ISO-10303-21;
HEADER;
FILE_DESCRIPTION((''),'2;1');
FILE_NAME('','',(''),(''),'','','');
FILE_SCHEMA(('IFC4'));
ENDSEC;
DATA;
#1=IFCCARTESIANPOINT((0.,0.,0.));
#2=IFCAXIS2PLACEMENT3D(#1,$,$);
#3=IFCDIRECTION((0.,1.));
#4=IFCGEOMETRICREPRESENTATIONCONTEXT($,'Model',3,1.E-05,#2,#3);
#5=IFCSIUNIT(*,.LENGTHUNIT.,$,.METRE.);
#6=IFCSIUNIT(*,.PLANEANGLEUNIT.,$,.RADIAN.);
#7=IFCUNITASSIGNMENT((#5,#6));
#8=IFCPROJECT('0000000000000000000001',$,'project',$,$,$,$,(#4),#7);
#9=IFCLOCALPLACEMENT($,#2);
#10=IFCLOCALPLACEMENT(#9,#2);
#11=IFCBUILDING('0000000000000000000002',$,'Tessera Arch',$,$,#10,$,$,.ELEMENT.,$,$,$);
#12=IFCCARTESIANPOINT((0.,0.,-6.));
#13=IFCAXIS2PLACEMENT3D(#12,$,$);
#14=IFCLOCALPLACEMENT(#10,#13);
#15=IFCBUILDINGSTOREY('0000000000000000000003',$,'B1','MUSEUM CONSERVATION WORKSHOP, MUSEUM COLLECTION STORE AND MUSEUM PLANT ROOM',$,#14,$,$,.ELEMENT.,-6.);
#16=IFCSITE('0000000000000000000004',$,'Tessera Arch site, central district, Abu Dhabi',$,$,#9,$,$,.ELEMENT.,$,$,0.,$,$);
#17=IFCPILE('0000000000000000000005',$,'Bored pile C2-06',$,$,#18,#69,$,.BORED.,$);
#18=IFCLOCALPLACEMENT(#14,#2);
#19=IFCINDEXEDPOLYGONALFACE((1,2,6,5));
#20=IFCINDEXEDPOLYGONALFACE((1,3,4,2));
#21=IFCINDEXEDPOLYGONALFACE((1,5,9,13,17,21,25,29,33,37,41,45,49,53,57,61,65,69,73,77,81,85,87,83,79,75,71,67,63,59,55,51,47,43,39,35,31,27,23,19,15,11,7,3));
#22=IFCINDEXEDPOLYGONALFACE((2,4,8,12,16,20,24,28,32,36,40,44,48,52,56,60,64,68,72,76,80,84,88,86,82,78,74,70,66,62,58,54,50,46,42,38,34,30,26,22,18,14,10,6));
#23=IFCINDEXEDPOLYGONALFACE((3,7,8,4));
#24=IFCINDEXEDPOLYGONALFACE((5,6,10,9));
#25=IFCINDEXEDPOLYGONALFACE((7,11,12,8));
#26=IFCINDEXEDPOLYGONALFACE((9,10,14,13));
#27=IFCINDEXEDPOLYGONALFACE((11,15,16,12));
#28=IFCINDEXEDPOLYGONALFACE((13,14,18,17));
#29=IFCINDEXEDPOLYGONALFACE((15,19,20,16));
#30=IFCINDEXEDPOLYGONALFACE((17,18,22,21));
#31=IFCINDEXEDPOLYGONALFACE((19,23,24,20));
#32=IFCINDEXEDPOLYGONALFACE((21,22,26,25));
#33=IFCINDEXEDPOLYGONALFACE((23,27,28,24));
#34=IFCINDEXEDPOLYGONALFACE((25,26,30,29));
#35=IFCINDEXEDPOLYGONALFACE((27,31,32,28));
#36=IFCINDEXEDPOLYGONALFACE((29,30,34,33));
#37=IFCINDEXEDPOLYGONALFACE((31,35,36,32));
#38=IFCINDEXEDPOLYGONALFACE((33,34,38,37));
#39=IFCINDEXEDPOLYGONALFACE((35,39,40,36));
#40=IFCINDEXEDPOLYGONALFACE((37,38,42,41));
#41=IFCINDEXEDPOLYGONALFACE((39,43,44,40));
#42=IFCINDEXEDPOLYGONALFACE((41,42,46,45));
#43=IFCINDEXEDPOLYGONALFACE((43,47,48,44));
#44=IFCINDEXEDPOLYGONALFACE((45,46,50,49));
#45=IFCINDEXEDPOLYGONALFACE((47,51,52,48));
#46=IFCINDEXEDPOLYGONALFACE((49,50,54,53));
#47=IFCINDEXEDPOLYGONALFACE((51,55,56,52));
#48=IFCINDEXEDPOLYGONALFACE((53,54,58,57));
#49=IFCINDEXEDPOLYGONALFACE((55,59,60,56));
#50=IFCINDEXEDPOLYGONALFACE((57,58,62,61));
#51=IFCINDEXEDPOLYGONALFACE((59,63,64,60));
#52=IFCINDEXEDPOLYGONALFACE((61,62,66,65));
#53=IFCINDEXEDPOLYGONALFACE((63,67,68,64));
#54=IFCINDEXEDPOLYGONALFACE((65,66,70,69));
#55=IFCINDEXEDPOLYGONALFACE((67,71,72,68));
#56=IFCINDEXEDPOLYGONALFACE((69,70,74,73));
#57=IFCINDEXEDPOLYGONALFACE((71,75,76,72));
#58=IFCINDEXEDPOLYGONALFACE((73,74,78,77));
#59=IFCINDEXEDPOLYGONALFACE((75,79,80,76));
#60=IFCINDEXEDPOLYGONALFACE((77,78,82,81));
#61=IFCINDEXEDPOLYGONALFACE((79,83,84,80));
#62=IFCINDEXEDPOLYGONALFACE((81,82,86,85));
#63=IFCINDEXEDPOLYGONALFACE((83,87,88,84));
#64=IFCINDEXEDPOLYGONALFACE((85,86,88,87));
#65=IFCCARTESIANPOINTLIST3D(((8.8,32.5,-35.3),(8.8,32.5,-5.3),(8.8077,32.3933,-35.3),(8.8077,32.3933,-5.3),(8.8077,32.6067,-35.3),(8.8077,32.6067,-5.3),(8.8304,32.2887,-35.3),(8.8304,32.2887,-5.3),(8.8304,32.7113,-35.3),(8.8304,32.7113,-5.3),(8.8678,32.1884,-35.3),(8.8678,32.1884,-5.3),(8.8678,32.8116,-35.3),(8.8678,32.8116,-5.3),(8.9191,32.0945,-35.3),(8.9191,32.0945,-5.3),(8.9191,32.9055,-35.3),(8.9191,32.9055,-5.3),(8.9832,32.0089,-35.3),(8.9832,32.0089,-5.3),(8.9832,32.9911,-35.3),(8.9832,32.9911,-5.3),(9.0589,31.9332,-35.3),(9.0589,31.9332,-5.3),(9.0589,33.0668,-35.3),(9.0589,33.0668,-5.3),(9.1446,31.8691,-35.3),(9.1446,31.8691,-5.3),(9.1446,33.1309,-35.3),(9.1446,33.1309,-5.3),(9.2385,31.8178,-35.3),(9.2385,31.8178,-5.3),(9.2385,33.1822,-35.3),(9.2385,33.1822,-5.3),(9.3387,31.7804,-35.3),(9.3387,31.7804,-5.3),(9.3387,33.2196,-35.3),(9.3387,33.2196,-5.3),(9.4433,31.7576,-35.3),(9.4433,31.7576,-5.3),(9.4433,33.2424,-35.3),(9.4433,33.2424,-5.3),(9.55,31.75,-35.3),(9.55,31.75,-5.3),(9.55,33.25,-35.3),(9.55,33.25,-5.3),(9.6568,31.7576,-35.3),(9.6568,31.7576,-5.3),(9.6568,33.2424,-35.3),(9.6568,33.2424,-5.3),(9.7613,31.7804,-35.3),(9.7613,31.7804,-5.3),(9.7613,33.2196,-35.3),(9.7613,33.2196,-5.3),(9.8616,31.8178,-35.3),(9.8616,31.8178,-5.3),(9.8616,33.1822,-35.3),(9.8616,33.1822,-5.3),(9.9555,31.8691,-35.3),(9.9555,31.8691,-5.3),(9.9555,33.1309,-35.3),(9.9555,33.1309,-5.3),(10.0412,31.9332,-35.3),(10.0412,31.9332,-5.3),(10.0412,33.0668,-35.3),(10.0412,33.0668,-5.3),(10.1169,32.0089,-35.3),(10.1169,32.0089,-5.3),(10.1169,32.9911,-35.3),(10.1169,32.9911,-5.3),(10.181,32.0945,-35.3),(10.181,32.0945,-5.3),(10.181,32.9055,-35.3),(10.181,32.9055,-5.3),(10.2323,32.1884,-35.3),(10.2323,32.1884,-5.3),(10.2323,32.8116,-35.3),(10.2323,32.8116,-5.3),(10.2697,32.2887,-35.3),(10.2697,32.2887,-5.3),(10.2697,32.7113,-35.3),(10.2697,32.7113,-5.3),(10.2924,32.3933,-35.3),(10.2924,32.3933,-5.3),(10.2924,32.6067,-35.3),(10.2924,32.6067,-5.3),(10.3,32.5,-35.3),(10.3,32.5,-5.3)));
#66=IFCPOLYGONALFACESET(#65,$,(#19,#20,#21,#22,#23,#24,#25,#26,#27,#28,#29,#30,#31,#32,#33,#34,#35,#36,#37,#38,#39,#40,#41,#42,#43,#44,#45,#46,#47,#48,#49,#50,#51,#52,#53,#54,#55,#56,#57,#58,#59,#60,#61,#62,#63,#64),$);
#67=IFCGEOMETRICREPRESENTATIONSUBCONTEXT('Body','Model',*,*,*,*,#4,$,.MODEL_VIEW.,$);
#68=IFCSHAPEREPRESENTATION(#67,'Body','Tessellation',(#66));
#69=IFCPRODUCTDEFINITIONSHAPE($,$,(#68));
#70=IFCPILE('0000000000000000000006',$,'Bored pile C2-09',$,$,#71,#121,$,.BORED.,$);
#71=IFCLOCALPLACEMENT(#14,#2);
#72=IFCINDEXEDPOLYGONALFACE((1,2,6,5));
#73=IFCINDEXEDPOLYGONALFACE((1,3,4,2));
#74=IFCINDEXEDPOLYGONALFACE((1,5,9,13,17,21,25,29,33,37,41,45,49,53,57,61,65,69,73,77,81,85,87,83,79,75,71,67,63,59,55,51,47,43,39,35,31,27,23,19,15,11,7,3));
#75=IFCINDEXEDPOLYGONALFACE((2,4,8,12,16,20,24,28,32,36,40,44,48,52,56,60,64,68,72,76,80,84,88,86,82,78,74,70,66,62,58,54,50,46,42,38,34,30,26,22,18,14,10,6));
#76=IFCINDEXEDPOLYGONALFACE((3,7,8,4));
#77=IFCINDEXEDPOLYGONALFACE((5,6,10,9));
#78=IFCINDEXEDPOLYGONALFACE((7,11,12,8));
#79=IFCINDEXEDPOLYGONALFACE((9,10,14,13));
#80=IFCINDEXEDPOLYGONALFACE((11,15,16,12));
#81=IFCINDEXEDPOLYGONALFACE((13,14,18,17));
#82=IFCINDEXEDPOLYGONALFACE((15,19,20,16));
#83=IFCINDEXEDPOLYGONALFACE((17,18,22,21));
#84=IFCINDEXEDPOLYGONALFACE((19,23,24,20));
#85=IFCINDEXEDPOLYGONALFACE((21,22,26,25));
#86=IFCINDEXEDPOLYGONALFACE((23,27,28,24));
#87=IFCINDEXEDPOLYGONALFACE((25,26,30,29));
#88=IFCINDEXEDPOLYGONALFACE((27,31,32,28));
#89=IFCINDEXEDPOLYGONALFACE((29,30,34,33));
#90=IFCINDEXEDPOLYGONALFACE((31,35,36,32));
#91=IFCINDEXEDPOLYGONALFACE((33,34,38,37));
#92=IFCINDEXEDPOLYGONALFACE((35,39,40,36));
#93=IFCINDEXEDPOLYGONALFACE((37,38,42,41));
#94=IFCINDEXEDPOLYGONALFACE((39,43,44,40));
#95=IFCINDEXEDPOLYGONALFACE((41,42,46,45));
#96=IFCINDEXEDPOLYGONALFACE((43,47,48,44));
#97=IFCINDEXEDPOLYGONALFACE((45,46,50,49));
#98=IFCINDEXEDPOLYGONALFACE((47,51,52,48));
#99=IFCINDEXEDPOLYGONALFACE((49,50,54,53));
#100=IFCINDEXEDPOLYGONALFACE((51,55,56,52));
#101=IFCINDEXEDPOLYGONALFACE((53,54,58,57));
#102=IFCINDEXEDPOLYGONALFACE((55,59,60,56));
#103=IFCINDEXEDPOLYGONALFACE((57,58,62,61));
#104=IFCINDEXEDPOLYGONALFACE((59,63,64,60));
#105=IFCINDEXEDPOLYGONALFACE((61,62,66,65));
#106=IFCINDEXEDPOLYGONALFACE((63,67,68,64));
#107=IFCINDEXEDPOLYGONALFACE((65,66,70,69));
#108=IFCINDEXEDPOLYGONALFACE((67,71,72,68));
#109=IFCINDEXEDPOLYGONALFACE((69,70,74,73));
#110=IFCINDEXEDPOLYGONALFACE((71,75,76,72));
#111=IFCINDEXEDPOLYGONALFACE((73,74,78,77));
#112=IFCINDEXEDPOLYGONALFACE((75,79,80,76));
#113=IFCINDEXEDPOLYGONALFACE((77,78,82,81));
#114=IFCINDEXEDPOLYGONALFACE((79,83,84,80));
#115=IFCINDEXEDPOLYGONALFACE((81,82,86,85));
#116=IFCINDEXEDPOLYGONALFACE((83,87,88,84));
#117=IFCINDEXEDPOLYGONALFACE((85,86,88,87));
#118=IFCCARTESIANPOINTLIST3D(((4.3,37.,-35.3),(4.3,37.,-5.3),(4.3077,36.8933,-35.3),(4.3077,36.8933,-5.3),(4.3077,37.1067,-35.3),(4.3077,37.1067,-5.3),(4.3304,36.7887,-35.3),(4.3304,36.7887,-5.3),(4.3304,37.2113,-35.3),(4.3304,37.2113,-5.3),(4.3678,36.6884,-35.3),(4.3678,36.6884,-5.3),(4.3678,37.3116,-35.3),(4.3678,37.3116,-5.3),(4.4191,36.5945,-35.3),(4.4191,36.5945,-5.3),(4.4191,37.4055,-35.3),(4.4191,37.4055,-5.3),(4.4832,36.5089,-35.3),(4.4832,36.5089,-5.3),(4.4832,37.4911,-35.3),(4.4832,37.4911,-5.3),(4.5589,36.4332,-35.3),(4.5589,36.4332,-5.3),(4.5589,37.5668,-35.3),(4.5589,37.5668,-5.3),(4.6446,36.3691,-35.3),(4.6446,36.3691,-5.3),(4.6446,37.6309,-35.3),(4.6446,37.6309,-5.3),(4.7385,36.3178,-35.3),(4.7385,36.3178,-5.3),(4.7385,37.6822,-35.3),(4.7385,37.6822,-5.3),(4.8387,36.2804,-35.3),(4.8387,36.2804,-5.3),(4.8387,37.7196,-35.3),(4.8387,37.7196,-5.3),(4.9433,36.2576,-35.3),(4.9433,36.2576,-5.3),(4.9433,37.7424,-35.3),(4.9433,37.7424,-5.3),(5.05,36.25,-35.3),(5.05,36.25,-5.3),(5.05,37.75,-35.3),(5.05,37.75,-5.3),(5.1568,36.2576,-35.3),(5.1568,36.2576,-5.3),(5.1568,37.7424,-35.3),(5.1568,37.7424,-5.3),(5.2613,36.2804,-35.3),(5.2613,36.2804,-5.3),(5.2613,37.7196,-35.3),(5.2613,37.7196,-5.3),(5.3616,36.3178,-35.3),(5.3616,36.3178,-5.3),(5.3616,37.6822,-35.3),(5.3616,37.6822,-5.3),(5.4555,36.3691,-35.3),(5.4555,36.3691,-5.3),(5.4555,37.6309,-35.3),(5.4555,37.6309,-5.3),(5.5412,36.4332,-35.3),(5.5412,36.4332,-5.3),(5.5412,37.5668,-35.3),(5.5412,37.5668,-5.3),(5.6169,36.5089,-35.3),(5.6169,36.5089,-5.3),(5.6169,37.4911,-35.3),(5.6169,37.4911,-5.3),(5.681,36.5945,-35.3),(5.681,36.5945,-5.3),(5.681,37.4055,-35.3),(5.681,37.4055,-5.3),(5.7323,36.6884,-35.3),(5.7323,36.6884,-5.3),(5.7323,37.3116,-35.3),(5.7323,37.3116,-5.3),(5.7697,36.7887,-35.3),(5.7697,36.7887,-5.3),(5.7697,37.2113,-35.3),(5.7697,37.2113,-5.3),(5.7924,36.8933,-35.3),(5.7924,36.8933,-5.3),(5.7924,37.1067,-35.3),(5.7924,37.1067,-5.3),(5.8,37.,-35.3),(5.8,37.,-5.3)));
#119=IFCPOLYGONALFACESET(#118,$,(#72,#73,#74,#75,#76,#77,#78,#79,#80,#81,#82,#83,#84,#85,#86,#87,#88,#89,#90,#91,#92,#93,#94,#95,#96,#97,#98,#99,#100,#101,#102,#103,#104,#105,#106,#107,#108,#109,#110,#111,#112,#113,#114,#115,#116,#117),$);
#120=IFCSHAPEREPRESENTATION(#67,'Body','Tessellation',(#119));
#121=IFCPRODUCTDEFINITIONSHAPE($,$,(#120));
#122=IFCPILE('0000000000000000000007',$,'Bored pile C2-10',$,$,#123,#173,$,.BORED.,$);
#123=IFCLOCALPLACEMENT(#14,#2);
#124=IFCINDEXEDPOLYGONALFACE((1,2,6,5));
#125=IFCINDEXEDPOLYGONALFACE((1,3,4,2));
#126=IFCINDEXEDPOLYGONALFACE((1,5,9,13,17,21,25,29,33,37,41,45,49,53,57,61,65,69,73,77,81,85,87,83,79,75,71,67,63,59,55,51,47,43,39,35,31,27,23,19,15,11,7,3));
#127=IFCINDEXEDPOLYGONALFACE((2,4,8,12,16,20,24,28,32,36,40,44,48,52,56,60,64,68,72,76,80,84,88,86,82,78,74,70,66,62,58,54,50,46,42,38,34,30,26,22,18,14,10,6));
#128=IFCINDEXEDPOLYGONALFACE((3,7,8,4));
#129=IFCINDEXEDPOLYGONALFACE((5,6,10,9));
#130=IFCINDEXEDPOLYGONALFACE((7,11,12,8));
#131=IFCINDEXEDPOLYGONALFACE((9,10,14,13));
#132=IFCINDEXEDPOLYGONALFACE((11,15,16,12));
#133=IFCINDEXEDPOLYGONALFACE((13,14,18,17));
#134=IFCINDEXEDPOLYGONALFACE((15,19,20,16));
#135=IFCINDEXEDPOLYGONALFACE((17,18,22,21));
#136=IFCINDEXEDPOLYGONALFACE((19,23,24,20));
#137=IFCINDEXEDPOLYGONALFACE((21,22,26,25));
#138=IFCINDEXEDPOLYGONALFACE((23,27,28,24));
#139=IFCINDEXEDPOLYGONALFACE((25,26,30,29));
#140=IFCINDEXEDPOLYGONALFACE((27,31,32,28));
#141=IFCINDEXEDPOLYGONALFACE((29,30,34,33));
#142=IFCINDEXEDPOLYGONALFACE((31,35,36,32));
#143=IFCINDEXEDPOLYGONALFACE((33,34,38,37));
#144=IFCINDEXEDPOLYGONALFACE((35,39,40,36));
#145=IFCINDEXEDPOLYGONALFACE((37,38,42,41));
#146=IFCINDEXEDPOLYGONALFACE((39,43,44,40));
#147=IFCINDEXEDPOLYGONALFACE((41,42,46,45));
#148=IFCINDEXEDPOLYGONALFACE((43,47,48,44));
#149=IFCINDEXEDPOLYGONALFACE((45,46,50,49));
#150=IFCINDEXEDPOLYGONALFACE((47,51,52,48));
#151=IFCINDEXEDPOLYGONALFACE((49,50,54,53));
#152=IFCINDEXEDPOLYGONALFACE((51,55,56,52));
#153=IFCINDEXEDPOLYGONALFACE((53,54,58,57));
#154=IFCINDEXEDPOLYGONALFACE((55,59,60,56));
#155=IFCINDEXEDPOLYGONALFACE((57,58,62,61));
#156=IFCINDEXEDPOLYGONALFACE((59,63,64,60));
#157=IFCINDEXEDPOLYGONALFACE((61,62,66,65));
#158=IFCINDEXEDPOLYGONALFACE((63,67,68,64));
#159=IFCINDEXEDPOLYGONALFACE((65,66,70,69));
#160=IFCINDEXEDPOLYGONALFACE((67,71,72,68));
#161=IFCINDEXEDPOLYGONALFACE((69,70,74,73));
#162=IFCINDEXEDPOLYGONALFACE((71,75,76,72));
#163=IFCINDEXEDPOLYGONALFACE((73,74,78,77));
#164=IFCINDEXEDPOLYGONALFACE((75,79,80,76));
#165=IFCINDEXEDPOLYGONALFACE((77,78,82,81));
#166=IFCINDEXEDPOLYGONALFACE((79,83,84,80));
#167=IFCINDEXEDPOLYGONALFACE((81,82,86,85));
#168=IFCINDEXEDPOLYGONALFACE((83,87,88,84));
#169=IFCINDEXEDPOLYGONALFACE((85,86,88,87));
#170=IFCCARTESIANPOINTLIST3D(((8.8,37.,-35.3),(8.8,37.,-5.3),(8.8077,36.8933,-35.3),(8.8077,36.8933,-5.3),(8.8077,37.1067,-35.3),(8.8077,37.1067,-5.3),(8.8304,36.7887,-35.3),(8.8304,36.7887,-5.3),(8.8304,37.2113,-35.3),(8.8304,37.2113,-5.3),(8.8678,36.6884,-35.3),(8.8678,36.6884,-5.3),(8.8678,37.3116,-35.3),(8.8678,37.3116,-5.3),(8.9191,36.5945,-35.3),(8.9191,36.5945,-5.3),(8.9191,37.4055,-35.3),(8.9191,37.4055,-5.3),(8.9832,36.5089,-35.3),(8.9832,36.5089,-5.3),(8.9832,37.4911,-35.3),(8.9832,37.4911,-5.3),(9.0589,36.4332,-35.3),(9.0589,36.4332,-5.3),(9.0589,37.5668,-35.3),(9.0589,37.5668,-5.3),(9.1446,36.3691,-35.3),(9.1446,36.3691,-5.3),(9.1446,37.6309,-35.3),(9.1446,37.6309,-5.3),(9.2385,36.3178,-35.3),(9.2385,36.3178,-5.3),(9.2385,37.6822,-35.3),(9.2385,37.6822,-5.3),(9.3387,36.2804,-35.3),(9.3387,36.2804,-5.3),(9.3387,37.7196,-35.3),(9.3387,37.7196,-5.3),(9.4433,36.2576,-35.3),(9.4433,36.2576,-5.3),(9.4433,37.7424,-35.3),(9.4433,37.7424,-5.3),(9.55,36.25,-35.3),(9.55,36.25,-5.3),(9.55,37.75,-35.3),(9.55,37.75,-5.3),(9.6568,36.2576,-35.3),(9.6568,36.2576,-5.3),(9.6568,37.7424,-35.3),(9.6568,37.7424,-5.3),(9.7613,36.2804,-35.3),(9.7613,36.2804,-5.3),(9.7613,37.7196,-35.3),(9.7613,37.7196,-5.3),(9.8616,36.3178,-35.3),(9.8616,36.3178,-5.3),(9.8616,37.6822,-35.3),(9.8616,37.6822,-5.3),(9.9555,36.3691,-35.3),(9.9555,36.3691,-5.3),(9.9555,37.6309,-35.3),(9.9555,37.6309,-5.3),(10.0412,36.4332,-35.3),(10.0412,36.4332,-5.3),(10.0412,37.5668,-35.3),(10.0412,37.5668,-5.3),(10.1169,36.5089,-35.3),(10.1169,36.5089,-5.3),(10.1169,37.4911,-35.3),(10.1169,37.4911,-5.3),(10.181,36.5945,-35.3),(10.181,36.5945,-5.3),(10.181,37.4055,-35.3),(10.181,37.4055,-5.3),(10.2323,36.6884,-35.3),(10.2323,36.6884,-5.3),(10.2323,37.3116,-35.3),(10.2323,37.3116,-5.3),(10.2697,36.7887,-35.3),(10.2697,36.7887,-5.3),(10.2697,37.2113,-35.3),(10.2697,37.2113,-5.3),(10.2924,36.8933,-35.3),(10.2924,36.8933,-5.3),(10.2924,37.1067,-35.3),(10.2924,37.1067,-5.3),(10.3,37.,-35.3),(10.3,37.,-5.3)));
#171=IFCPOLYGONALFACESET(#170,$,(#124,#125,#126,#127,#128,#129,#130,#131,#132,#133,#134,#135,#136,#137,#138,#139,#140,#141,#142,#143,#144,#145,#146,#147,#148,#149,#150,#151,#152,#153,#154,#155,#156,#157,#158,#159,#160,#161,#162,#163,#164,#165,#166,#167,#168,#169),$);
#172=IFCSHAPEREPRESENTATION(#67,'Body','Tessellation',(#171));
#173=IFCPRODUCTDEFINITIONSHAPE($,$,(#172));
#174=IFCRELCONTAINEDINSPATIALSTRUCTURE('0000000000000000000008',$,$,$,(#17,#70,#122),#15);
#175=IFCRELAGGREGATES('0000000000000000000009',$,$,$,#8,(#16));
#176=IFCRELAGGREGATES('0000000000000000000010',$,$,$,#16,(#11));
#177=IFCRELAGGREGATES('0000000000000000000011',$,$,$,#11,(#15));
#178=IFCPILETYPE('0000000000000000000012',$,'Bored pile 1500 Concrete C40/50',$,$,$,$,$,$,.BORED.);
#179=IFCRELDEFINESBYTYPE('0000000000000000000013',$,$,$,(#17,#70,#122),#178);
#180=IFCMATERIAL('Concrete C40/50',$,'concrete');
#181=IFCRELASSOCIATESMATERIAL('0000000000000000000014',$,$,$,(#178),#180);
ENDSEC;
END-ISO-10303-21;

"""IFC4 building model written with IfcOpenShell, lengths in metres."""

from ifc_helpers import new_model, si_unit, direction, frame, origin, origin_2d, place, context, subcontext, project, spatial, circle, extrude, material, type_object, element, save


model = new_model("IFC4")

# Units and contexts
model_context = context("Model", 3, precision=1e-05, world=origin(), true_north=direction((0.0, 1.0)))
body_context = subcontext(model_context, "Body", "Model", "MODEL_VIEW")
ifc_project = project(units=[si_unit("LENGTHUNIT", "METRE"), si_unit("PLANEANGLEUNIT", "RADIAN")], contexts=[model_context])

# Site, building, storey
site_placement = place(None, origin())
site = spatial("IfcSite", under=ifc_project, at=site_placement, Name="Tessera Arch site, central district, Abu Dhabi", CompositionType="ELEMENT", RefElevation=0.0)
building_placement = place(site_placement, origin())
building = spatial("IfcBuilding", under=site, at=building_placement, Name="Tessera Arch", CompositionType="ELEMENT")
storey_placement = place(building_placement, frame((0.0, 0.0, -6.0)))
storey = spatial("IfcBuildingStorey", under=building, at=storey_placement, Name="B1", Description="MUSEUM CONSERVATION WORKSHOP, MUSEUM COLLECTION STORE AND MUSEUM PLANT ROOM", CompositionType="ELEMENT", Elevation=-6.0)

# Piles
ifc_material_1 = material(Name="Concrete C40/50", Category="concrete")
pile_type_1 = type_object("IfcPileType", Name="Bored pile 1500 Concrete C40/50", PredefinedType="BORED", material=ifc_material_1)
for number, where, z_axis, x_axis, name in (
    (1, (9.55, 32.5, -5.3), (0.0, 0.0, -1.0), (1.0, 0.0, 0.0), "Bored pile C2-06"),
    (2, (5.05, 37.0, -5.3), (0.0, 0.0, -1.0), (1.0, 0.0, 0.0), "Bored pile C2-09"),
    (3, (9.55, 37.0, -5.3), (0.0, 0.0, -1.0), (1.0, 0.0, 0.0), "Bored pile C2-10"),
):
    element("IfcPile", number, at=place(storey_placement, frame(where, z_axis=z_axis, x_axis=x_axis)), inside=storey, type_object=pile_type_1, Name=name, PredefinedType="BORED", context=body_context, shape_type="SweptSolid", body=[
        extrude(circle(Radius=0.75, at=origin_2d()), origin(), (0.0, 0.0, 1.0), 30.0),
    ])

save(model, "model.ifc")
